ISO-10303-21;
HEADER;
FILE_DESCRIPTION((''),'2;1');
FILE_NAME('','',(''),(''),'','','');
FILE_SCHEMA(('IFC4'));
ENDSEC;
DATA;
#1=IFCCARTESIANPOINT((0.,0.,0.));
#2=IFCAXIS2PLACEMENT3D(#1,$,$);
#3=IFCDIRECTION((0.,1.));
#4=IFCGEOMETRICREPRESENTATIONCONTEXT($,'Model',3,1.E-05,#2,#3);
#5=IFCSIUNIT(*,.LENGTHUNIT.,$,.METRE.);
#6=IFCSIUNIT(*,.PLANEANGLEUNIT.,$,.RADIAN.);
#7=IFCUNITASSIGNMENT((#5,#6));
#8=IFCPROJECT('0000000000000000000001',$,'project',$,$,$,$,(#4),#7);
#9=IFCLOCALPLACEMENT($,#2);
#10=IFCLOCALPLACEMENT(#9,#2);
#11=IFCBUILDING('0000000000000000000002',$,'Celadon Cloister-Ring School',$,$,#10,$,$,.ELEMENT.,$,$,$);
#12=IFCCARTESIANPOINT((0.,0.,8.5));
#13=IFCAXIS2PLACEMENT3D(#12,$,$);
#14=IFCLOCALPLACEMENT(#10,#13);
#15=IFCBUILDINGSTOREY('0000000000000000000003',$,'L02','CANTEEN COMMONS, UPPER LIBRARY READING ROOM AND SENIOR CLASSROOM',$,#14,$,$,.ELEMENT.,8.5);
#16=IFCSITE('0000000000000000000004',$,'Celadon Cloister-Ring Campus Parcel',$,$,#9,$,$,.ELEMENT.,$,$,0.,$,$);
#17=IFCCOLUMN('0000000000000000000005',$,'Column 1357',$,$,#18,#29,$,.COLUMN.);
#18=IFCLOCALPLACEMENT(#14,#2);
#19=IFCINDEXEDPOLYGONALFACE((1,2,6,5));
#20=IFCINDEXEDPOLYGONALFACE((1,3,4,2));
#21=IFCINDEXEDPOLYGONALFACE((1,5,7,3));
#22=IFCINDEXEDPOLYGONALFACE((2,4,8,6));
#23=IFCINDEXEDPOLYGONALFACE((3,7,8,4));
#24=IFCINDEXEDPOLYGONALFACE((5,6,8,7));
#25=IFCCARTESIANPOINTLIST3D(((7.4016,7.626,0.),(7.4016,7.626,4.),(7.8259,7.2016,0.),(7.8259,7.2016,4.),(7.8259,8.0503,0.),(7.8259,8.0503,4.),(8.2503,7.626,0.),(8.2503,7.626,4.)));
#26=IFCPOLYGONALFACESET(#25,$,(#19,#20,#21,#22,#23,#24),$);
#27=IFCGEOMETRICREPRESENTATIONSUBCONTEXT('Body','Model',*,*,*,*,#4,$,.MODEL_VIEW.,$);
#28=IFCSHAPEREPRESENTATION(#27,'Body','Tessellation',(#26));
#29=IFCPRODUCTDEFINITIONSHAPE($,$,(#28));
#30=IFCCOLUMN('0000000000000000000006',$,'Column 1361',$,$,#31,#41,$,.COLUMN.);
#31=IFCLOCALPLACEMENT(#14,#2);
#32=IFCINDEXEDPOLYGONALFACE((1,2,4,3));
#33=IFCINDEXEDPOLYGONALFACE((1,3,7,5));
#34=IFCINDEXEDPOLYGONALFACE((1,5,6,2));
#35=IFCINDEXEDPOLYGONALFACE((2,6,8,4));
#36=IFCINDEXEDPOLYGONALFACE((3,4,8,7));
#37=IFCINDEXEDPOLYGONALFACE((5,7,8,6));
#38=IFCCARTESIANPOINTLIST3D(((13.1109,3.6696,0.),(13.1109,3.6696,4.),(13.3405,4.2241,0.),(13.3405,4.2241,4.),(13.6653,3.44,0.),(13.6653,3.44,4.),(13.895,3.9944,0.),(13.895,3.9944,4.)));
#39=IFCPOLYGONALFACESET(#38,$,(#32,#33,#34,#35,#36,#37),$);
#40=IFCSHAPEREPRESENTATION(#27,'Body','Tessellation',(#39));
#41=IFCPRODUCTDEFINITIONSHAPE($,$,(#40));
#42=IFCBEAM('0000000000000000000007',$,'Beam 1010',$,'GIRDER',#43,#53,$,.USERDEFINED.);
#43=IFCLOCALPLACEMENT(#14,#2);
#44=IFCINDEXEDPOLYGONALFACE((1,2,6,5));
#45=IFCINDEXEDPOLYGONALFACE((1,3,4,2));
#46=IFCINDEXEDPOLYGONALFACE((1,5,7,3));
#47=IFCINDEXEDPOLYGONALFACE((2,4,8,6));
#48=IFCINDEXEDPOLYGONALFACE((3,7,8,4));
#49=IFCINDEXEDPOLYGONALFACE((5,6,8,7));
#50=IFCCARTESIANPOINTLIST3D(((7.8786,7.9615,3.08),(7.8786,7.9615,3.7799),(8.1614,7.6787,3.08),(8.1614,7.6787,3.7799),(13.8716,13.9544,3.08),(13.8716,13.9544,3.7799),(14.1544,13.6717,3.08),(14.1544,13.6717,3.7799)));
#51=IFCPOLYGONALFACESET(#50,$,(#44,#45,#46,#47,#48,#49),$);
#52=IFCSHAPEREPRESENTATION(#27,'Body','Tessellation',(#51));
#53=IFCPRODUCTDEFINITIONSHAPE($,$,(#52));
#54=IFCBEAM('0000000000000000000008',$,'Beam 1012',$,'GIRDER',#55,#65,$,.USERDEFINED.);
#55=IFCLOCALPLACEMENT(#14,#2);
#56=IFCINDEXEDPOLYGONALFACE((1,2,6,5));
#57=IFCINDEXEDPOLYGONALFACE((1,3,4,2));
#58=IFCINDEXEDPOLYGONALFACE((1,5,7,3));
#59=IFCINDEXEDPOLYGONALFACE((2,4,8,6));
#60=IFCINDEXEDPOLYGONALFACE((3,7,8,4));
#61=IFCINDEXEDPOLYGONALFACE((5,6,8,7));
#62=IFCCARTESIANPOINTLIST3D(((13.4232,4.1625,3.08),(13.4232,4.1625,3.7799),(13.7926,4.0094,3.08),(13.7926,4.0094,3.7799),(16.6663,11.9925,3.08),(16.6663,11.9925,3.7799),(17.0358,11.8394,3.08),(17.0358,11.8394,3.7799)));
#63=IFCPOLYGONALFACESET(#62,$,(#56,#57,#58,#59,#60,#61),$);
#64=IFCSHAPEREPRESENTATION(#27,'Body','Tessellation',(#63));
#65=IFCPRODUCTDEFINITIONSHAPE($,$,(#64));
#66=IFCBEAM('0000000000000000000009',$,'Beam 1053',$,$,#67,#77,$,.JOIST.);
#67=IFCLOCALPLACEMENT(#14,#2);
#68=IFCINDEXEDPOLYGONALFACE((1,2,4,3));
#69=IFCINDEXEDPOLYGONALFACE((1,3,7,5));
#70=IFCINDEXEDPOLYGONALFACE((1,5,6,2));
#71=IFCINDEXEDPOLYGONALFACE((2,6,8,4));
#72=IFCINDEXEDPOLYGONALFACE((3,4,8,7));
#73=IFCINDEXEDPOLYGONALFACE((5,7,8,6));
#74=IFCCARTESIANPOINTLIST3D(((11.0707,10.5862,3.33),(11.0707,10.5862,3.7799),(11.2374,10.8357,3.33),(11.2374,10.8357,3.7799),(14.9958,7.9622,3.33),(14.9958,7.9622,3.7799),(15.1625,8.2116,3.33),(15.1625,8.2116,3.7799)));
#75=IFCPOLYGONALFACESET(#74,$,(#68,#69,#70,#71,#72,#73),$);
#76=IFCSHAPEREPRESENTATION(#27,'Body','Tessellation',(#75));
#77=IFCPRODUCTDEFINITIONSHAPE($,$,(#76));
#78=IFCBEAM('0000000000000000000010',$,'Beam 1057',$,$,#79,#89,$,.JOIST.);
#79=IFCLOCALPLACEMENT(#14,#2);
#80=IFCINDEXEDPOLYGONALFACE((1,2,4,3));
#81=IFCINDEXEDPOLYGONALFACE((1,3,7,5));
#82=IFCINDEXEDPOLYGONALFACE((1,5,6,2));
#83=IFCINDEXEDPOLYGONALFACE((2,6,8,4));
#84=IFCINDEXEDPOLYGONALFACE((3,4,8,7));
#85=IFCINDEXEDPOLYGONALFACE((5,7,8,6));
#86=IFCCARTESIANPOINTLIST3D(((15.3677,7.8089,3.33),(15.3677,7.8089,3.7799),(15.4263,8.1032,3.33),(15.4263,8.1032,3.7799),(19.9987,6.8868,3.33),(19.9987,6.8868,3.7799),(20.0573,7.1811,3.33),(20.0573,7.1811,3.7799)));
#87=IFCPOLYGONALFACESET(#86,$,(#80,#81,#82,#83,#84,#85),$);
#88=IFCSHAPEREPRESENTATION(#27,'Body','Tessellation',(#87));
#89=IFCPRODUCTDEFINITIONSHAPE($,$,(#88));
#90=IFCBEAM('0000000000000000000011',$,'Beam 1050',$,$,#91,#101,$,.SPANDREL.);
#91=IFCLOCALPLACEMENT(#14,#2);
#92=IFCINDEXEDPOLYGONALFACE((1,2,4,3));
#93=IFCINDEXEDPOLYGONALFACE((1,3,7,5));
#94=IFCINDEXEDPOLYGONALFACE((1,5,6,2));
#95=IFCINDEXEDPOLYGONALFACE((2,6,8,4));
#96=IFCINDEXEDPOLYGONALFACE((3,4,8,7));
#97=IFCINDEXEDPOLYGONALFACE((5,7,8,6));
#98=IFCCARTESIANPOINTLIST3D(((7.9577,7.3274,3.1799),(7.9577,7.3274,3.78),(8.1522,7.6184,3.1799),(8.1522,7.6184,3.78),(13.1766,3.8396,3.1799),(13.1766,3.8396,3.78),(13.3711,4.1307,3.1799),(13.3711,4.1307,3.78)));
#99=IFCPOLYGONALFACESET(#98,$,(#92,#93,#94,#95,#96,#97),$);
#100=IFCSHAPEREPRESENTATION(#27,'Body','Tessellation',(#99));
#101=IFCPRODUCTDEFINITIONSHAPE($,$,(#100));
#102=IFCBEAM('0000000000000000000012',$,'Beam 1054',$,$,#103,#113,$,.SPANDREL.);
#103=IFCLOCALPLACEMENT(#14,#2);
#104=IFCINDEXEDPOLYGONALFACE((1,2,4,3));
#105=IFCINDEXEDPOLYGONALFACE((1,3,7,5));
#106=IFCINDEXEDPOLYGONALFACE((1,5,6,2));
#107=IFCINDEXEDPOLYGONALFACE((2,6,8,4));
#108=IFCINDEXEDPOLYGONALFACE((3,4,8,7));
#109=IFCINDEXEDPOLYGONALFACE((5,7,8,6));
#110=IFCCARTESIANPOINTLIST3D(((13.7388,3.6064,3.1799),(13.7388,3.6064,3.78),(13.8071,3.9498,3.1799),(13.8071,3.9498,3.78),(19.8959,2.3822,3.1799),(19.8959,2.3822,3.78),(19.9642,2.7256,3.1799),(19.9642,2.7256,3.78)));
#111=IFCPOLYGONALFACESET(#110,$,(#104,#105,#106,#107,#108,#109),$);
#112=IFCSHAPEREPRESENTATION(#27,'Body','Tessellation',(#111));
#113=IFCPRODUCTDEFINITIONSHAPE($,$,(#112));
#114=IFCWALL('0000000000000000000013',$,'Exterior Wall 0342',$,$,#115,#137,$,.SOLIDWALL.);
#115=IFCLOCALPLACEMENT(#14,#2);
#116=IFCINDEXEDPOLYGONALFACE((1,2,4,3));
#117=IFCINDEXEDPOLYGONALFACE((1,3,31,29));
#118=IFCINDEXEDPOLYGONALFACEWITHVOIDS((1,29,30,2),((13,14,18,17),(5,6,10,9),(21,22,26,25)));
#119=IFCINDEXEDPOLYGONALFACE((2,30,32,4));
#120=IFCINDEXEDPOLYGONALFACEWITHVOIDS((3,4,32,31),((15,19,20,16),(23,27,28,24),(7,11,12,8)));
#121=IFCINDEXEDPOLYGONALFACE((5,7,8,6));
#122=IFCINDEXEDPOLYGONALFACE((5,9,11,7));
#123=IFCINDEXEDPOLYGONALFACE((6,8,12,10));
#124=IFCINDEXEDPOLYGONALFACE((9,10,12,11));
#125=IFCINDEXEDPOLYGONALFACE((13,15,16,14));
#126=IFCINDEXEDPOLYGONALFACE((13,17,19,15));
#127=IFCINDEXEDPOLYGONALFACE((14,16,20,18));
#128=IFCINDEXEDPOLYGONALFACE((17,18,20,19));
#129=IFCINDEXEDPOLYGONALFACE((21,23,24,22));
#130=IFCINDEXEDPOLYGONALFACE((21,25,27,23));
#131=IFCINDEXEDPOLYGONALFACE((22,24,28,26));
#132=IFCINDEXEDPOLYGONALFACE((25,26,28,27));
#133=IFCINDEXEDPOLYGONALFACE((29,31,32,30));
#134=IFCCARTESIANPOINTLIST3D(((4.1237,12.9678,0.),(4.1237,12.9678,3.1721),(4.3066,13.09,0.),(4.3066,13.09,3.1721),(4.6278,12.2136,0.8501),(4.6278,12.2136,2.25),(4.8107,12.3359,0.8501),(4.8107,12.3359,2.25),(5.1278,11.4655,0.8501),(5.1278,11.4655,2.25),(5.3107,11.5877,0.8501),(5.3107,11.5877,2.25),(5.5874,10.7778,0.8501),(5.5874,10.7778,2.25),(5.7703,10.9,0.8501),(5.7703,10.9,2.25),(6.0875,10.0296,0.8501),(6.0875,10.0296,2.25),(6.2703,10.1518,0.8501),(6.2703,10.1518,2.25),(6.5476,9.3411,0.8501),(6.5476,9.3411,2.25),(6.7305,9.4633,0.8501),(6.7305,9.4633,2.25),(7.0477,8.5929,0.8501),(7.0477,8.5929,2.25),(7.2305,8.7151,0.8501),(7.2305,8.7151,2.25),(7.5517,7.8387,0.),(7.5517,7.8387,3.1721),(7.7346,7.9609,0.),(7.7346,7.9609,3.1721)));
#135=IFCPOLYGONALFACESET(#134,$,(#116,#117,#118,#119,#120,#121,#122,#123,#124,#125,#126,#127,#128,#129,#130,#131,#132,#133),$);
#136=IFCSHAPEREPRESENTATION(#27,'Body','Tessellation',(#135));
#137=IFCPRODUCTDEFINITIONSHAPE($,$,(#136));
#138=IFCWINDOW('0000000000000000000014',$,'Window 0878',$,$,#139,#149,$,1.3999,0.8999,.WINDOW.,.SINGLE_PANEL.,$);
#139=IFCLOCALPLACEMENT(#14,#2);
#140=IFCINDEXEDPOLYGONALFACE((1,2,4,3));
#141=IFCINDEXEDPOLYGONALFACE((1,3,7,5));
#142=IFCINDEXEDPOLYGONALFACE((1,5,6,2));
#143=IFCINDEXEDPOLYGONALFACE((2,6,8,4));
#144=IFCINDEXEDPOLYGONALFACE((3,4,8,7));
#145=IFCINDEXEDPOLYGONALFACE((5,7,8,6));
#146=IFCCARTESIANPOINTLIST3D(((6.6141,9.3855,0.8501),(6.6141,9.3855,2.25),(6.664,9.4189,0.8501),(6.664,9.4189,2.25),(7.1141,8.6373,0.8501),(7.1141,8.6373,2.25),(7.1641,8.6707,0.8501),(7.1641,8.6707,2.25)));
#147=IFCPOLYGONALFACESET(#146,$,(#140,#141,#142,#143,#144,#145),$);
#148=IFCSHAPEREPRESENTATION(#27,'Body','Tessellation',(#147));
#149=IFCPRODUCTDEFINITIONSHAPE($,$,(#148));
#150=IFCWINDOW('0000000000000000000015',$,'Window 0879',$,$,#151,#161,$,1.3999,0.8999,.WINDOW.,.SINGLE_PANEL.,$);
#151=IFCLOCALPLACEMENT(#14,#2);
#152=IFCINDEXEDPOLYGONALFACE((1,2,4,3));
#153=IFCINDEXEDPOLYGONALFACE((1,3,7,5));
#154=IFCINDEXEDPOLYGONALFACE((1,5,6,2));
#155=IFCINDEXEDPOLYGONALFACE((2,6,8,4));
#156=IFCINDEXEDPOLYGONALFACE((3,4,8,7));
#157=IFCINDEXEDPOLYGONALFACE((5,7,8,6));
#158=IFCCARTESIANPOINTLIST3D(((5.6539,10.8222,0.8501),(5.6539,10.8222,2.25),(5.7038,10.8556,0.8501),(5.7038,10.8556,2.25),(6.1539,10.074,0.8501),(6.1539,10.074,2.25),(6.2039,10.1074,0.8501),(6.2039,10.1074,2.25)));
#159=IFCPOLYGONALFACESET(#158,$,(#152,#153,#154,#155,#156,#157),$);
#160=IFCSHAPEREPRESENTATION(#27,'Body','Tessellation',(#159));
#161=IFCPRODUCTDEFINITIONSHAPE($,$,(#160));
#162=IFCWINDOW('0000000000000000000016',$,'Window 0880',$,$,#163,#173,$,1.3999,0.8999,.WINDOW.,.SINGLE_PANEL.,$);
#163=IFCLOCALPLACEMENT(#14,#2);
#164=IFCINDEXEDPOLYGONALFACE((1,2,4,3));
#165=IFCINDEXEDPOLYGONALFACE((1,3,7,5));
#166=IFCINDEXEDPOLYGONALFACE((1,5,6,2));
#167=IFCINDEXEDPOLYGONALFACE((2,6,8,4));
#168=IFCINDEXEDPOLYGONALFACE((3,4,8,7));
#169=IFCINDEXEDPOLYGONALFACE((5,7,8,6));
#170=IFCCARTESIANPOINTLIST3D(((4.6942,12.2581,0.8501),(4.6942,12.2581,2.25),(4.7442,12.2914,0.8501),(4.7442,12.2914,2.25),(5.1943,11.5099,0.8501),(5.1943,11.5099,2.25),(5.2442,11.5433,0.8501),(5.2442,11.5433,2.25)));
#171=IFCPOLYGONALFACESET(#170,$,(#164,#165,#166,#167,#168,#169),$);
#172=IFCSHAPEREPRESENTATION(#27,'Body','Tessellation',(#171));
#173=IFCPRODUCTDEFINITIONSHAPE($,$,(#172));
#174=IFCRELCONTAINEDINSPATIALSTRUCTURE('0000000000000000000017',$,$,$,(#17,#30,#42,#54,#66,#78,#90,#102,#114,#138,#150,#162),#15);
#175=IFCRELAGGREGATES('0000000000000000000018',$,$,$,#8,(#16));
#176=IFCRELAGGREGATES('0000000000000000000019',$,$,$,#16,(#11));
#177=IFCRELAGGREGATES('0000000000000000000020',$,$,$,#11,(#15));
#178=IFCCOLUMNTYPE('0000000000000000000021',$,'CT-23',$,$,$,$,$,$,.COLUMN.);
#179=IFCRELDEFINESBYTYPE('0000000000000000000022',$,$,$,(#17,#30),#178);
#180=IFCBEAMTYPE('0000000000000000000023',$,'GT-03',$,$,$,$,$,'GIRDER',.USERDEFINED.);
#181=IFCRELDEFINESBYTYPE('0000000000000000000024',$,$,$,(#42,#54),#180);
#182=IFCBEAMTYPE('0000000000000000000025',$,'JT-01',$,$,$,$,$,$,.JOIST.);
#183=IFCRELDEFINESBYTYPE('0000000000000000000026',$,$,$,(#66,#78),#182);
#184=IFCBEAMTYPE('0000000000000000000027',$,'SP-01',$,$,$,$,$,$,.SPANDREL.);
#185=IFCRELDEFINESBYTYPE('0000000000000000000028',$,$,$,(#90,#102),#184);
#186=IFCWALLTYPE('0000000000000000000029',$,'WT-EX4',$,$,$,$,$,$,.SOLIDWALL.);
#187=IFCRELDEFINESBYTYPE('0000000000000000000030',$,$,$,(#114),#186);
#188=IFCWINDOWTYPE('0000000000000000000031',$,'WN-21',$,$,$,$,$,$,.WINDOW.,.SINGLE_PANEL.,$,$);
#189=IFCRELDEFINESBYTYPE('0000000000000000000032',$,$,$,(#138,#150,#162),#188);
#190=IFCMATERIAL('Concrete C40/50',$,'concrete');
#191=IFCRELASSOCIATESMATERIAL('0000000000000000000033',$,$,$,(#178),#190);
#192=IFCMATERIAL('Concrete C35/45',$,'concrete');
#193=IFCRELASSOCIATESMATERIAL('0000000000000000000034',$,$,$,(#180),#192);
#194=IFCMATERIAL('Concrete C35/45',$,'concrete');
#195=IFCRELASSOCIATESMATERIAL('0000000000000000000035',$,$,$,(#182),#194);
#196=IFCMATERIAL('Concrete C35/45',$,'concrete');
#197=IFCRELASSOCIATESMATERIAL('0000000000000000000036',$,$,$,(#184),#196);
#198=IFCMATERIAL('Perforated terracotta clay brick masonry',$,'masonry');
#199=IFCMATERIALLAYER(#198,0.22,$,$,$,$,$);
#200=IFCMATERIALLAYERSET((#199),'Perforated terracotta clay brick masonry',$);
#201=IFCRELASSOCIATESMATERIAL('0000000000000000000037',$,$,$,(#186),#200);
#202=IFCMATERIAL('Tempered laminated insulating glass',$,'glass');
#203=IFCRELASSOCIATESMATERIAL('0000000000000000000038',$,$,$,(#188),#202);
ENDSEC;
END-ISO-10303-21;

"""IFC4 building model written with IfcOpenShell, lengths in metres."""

from ifc_helpers import new_model, si_unit, direction, frame, frame_2d, origin, origin_2d, place, context, subcontext, project, spatial, rectangle, extrude, material, layer, layer_set, material_profile, profile_set, type_object, element, fill, save


model = new_model("IFC4")

# Units and contexts
model_context = context("Model", 3, precision=1e-05, world=origin(), true_north=direction((0.0, 1.0)))
body_context = subcontext(model_context, "Body", "Model", "MODEL_VIEW")
ifc_project = project(units=[si_unit("LENGTHUNIT", "METRE"), si_unit("PLANEANGLEUNIT", "RADIAN")], contexts=[model_context])

# Site, building, storey
site_placement = place(None, origin())
site = spatial("IfcSite", under=ifc_project, at=site_placement, Name="Celadon Cloister-Ring Campus Parcel", CompositionType="ELEMENT", RefElevation=0.0)
building_placement = place(site_placement, origin())
building = spatial("IfcBuilding", under=site, at=building_placement, Name="Celadon Cloister-Ring School", CompositionType="ELEMENT")
storey_placement = place(building_placement, frame((0.0, 0.0, 8.5)))
storey = spatial("IfcBuildingStorey", under=building, at=storey_placement, Name="L02", Description="CANTEEN COMMONS, UPPER LIBRARY READING ROOM AND SENIOR CLASSROOM", CompositionType="ELEMENT", Elevation=8.5)

# Columns
ifc_material_1 = material(Name="Concrete C40/50", Category="concrete")
ifc_material_profile_1 = material_profile(ifc_material_1, rectangle(XDim=0.6001, YDim=0.6001, at=origin_2d()), Name="RC600X600")
ifc_profile_set_1 = profile_set([ifc_material_profile_1], Name="Concrete C40/50")
column_type = type_object("IfcColumnType", Name="CT-23", PredefinedType="COLUMN", material=ifc_profile_set_1)
for number, where, z_axis, x_axis, name in (
    (1, (7.8259, 7.626, 0.0), (0.0, 0.0, 1.0), (-0.707107, -0.707107, 0.0), "Column 1357"),
    (2, (13.5029, 3.832, 0.0), (0.0, 0.0, 1.0), (-0.382683, -0.92388, 0.0), "Column 1361"),
):
    element("IfcColumn", number, at=place(storey_placement, frame(where, z_axis=z_axis, x_axis=x_axis)), inside=storey, type_object=column_type, Name=name, PredefinedType="COLUMN", context=body_context, shape_type="SweptSolid", body=[
        extrude(rectangle(XDim=0.6001, YDim=0.6001, at=origin_2d()), origin(), (0.0, 0.0, 1.0), 4.0),
    ])

# Beams
ifc_material_2 = material(Name="Concrete C35/45", Category="concrete")
ifc_material_profile_2 = material_profile(ifc_material_2, rectangle(XDim=0.3999, YDim=0.7, at=origin_2d()), Name="RC400X700")
ifc_profile_set_2 = profile_set([ifc_material_profile_2], Name="Concrete C35/45")
beam_type_1 = type_object("IfcBeamType", Name="GT-03", ElementType="GIRDER", PredefinedType="USERDEFINED", material=ifc_profile_set_2)
beam_1_placement = place(storey_placement, frame((8.02, 7.8201, 3.4299), z_axis=(0.707107, 0.707107, 0.0), x_axis=(-0.707107, 0.707107, 0.0)))
element("IfcBeam", 3, at=beam_1_placement, inside=storey, type_object=beam_type_1, Name="Beam 1010", ObjectType="GIRDER", PredefinedType="USERDEFINED", context=body_context, shape_type="SweptSolid", body=[
    extrude(rectangle(XDim=0.3999, YDim=0.7, at=origin_2d()), origin(), (0.0, 0.0, 1.0), 8.4753),
])
beam_2_placement = place(storey_placement, frame((13.6079, 4.0859, 3.4299), z_axis=(0.382667, 0.923886, 0.0), x_axis=(-0.923886, 0.382667, 0.0)))
element("IfcBeam", 4, at=beam_2_placement, inside=storey, type_object=beam_type_1, Name="Beam 1012", ObjectType="GIRDER", PredefinedType="USERDEFINED", context=body_context, shape_type="SweptSolid", body=[
    extrude(rectangle(XDim=0.3999, YDim=0.7, at=origin_2d()), origin(), (0.0, 0.0, 1.0), 8.4751),
])
ifc_material_3 = material(Name="Concrete C35/45", Category="concrete")
ifc_material_profile_3 = material_profile(ifc_material_3, rectangle(XDim=0.3, YDim=0.45, at=origin_2d()), Name="RC300X450")
ifc_profile_set_3 = profile_set([ifc_material_profile_3], Name="Concrete C35/45")
beam_type_2 = type_object("IfcBeamType", Name="JT-01", PredefinedType="JOIST", material=ifc_profile_set_3)
beam_3_placement = place(storey_placement, frame((11.1541, 10.7109, 3.5549), z_axis=(0.831334, -0.555774, 0.0), x_axis=(0.555774, 0.831334, 0.0)))
element("IfcBeam", 5, at=beam_3_placement, inside=storey, type_object=beam_type_2, Name="Beam 1053", PredefinedType="JOIST", context=body_context, shape_type="SweptSolid", body=[
    extrude(rectangle(XDim=0.3, YDim=0.45, at=origin_2d()), origin(), (0.0, 0.0, 1.0), 4.7214),
])
beam_4_placement = place(storey_placement, frame((15.397, 7.9561, 3.5549), z_axis=(0.980747, -0.195281, 0.0), x_axis=(0.195281, 0.980747, 0.0)))
element("IfcBeam", 6, at=beam_4_placement, inside=storey, type_object=beam_type_2, Name="Beam 1057", PredefinedType="JOIST", context=body_context, shape_type="SweptSolid", body=[
    extrude(rectangle(XDim=0.3, YDim=0.45, at=origin_2d()), origin(), (0.0, 0.0, 1.0), 4.7219),
])
ifc_material_4 = material(Name="Concrete C35/45", Category="concrete")
ifc_material_profile_4 = material_profile(ifc_material_4, rectangle(XDim=0.3501, YDim=0.6001, at=origin_2d()), Name="RC350X600")
ifc_profile_set_4 = profile_set([ifc_material_profile_4], Name="Concrete C35/45")
beam_type_3 = type_object("IfcBeamType", Name="SP-01", PredefinedType="SPANDREL", material=ifc_profile_set_4)
beam_5_placement = place(storey_placement, frame((8.0549, 7.4729, 3.48), z_axis=(0.831427, -0.555633, 0.0), x_axis=(0.555633, 0.831427, 0.0)))
element("IfcBeam", 7, at=beam_5_placement, inside=storey, type_object=beam_type_3, Name="Beam 1050", PredefinedType="SPANDREL", context=body_context, shape_type="SweptSolid", body=[
    extrude(rectangle(XDim=0.3501, YDim=0.6001, at=origin_2d()), origin(), (0.0, 0.0, 1.0), 6.2771),
])
beam_6_placement = place(storey_placement, frame((13.7729, 3.7781, 3.48), z_axis=(0.980803, -0.195002, 0.0), x_axis=(0.195002, 0.980803, 0.0)))
element("IfcBeam", 8, at=beam_6_placement, inside=storey, type_object=beam_type_3, Name="Beam 1054", PredefinedType="SPANDREL", context=body_context, shape_type="SweptSolid", body=[
    extrude(rectangle(XDim=0.3501, YDim=0.6001, at=origin_2d()), origin(), (0.0, 0.0, 1.0), 6.2776),
])

# Wall, openings, windows
ifc_material_5 = material(Name="Perforated terracotta clay brick masonry", Category="masonry")
ifc_layer_1 = layer(ifc_material_5, 0.22)
ifc_layer_set_1 = layer_set([ifc_layer_1], Name="Perforated terracotta clay brick masonry")
wall_type_1 = type_object("IfcWallType", Name="WT-EX4", PredefinedType="SOLIDWALL", material=ifc_layer_set_1)
wall_1_placement = place(storey_placement, frame((7.6431, 7.8999, 0.0), z_axis=(0.0, 0.0, 1.0), x_axis=(-0.555659, 0.83141, 0.0)))
wall_1 = element("IfcWall", 9, at=wall_1_placement, inside=storey, type_object=wall_type_1, Name="Exterior Wall 0342", PredefinedType="SOLIDWALL", context=body_context, shape_type="SweptSolid", body=[
    extrude(rectangle(XDim=6.1692, YDim=0.22, at=frame_2d((3.0845, 0.0))), origin(), (0.0, 0.0, 1.0), 3.1721),
])
opening_1_placement = place(wall_1_placement, frame((0.907, 0.0, 0.8501)))
opening_1 = element("IfcOpeningElement", 10, at=opening_1_placement, cuts=wall_1, PredefinedType="OPENING", context=body_context, shape_type="SweptSolid", body=[
    extrude(rectangle(XDim=0.8999, YDim=1.3999, at=frame_2d((0.45, 0.7))), frame((0.0, 0.1201, 0.0), z_axis=(0.0, -1.0, 0.0), x_axis=(1.0, 0.0, 0.0)), (0.0, 0.0, 1.0), 0.24),
])
opening_2_placement = place(wall_1_placement, frame((2.635, 0.0, 0.8501)))
opening_2 = element("IfcOpeningElement", 11, at=opening_2_placement, cuts=wall_1, PredefinedType="OPENING", context=body_context, shape_type="SweptSolid", body=[
    extrude(rectangle(XDim=0.8999, YDim=1.3999, at=frame_2d((0.45, 0.7))), frame((0.0, 0.1201, 0.0), z_axis=(0.0, -1.0, 0.0), x_axis=(1.0, 0.0, 0.0)), (0.0, 0.0, 1.0), 0.24),
])
opening_3_placement = place(wall_1_placement, frame((4.3621, 0.0, 0.8501)))
opening_3 = element("IfcOpeningElement", 12, at=opening_3_placement, cuts=wall_1, PredefinedType="OPENING", context=body_context, shape_type="SweptSolid", body=[
    extrude(rectangle(XDim=0.8999, YDim=1.3999, at=frame_2d((0.45, 0.7))), frame((0.0, 0.1201, 0.0), z_axis=(0.0, -1.0, 0.0), x_axis=(1.0, 0.0, 0.0)), (0.0, 0.0, 1.0), 0.24),
])
ifc_material_6 = material(Name="Tempered laminated insulating glass", Category="glass")
window_type = type_object("IfcWindowType", Name="WN-21", PartitioningType="SINGLE_PANEL", PredefinedType="WINDOW", material=ifc_material_6)
window_1_placement = place(opening_1_placement, origin())
window_1 = element("IfcWindow", 13, at=window_1_placement, inside=storey, type_object=window_type, Name="Window 0878", OverallHeight=1.3999, OverallWidth=0.8999, PartitioningType="SINGLE_PANEL", PredefinedType="WINDOW", context=body_context, shape_type="SweptSolid", body=[
    extrude(rectangle(XDim=0.8999, YDim=1.3999, at=frame_2d((0.45, 0.7))), frame((0.0, 0.03, 0.0), z_axis=(0.0, -1.0, 0.0), x_axis=(1.0, 0.0, 0.0)), (0.0, 0.0, 1.0), 0.0601),
])
fill(opening_1, window_1)
window_2_placement = place(opening_2_placement, origin())
window_2 = element("IfcWindow", 14, at=window_2_placement, inside=storey, type_object=window_type, Name="Window 0879", OverallHeight=1.3999, OverallWidth=0.8999, PartitioningType="SINGLE_PANEL", PredefinedType="WINDOW", context=body_context, shape_type="SweptSolid", body=[
    extrude(rectangle(XDim=0.8999, YDim=1.3999, at=frame_2d((0.45, 0.7))), frame((0.0, 0.03, 0.0), z_axis=(0.0, -1.0, 0.0), x_axis=(1.0, 0.0, 0.0)), (0.0, 0.0, 1.0), 0.0601),
])
fill(opening_2, window_2)
window_3_placement = place(opening_3_placement, origin())
window_3 = element("IfcWindow", 15, at=window_3_placement, inside=storey, type_object=window_type, Name="Window 0880", OverallHeight=1.3999, OverallWidth=0.8999, PartitioningType="SINGLE_PANEL", PredefinedType="WINDOW", context=body_context, shape_type="SweptSolid", body=[
    extrude(rectangle(XDim=0.8999, YDim=1.3999, at=frame_2d((0.45, 0.7))), frame((0.0, 0.03, 0.0), z_axis=(0.0, -1.0, 0.0), x_axis=(1.0, 0.0, 0.0)), (0.0, 0.0, 1.0), 0.0601),
])
fill(opening_3, window_3)

save(model, "model.ifc")
